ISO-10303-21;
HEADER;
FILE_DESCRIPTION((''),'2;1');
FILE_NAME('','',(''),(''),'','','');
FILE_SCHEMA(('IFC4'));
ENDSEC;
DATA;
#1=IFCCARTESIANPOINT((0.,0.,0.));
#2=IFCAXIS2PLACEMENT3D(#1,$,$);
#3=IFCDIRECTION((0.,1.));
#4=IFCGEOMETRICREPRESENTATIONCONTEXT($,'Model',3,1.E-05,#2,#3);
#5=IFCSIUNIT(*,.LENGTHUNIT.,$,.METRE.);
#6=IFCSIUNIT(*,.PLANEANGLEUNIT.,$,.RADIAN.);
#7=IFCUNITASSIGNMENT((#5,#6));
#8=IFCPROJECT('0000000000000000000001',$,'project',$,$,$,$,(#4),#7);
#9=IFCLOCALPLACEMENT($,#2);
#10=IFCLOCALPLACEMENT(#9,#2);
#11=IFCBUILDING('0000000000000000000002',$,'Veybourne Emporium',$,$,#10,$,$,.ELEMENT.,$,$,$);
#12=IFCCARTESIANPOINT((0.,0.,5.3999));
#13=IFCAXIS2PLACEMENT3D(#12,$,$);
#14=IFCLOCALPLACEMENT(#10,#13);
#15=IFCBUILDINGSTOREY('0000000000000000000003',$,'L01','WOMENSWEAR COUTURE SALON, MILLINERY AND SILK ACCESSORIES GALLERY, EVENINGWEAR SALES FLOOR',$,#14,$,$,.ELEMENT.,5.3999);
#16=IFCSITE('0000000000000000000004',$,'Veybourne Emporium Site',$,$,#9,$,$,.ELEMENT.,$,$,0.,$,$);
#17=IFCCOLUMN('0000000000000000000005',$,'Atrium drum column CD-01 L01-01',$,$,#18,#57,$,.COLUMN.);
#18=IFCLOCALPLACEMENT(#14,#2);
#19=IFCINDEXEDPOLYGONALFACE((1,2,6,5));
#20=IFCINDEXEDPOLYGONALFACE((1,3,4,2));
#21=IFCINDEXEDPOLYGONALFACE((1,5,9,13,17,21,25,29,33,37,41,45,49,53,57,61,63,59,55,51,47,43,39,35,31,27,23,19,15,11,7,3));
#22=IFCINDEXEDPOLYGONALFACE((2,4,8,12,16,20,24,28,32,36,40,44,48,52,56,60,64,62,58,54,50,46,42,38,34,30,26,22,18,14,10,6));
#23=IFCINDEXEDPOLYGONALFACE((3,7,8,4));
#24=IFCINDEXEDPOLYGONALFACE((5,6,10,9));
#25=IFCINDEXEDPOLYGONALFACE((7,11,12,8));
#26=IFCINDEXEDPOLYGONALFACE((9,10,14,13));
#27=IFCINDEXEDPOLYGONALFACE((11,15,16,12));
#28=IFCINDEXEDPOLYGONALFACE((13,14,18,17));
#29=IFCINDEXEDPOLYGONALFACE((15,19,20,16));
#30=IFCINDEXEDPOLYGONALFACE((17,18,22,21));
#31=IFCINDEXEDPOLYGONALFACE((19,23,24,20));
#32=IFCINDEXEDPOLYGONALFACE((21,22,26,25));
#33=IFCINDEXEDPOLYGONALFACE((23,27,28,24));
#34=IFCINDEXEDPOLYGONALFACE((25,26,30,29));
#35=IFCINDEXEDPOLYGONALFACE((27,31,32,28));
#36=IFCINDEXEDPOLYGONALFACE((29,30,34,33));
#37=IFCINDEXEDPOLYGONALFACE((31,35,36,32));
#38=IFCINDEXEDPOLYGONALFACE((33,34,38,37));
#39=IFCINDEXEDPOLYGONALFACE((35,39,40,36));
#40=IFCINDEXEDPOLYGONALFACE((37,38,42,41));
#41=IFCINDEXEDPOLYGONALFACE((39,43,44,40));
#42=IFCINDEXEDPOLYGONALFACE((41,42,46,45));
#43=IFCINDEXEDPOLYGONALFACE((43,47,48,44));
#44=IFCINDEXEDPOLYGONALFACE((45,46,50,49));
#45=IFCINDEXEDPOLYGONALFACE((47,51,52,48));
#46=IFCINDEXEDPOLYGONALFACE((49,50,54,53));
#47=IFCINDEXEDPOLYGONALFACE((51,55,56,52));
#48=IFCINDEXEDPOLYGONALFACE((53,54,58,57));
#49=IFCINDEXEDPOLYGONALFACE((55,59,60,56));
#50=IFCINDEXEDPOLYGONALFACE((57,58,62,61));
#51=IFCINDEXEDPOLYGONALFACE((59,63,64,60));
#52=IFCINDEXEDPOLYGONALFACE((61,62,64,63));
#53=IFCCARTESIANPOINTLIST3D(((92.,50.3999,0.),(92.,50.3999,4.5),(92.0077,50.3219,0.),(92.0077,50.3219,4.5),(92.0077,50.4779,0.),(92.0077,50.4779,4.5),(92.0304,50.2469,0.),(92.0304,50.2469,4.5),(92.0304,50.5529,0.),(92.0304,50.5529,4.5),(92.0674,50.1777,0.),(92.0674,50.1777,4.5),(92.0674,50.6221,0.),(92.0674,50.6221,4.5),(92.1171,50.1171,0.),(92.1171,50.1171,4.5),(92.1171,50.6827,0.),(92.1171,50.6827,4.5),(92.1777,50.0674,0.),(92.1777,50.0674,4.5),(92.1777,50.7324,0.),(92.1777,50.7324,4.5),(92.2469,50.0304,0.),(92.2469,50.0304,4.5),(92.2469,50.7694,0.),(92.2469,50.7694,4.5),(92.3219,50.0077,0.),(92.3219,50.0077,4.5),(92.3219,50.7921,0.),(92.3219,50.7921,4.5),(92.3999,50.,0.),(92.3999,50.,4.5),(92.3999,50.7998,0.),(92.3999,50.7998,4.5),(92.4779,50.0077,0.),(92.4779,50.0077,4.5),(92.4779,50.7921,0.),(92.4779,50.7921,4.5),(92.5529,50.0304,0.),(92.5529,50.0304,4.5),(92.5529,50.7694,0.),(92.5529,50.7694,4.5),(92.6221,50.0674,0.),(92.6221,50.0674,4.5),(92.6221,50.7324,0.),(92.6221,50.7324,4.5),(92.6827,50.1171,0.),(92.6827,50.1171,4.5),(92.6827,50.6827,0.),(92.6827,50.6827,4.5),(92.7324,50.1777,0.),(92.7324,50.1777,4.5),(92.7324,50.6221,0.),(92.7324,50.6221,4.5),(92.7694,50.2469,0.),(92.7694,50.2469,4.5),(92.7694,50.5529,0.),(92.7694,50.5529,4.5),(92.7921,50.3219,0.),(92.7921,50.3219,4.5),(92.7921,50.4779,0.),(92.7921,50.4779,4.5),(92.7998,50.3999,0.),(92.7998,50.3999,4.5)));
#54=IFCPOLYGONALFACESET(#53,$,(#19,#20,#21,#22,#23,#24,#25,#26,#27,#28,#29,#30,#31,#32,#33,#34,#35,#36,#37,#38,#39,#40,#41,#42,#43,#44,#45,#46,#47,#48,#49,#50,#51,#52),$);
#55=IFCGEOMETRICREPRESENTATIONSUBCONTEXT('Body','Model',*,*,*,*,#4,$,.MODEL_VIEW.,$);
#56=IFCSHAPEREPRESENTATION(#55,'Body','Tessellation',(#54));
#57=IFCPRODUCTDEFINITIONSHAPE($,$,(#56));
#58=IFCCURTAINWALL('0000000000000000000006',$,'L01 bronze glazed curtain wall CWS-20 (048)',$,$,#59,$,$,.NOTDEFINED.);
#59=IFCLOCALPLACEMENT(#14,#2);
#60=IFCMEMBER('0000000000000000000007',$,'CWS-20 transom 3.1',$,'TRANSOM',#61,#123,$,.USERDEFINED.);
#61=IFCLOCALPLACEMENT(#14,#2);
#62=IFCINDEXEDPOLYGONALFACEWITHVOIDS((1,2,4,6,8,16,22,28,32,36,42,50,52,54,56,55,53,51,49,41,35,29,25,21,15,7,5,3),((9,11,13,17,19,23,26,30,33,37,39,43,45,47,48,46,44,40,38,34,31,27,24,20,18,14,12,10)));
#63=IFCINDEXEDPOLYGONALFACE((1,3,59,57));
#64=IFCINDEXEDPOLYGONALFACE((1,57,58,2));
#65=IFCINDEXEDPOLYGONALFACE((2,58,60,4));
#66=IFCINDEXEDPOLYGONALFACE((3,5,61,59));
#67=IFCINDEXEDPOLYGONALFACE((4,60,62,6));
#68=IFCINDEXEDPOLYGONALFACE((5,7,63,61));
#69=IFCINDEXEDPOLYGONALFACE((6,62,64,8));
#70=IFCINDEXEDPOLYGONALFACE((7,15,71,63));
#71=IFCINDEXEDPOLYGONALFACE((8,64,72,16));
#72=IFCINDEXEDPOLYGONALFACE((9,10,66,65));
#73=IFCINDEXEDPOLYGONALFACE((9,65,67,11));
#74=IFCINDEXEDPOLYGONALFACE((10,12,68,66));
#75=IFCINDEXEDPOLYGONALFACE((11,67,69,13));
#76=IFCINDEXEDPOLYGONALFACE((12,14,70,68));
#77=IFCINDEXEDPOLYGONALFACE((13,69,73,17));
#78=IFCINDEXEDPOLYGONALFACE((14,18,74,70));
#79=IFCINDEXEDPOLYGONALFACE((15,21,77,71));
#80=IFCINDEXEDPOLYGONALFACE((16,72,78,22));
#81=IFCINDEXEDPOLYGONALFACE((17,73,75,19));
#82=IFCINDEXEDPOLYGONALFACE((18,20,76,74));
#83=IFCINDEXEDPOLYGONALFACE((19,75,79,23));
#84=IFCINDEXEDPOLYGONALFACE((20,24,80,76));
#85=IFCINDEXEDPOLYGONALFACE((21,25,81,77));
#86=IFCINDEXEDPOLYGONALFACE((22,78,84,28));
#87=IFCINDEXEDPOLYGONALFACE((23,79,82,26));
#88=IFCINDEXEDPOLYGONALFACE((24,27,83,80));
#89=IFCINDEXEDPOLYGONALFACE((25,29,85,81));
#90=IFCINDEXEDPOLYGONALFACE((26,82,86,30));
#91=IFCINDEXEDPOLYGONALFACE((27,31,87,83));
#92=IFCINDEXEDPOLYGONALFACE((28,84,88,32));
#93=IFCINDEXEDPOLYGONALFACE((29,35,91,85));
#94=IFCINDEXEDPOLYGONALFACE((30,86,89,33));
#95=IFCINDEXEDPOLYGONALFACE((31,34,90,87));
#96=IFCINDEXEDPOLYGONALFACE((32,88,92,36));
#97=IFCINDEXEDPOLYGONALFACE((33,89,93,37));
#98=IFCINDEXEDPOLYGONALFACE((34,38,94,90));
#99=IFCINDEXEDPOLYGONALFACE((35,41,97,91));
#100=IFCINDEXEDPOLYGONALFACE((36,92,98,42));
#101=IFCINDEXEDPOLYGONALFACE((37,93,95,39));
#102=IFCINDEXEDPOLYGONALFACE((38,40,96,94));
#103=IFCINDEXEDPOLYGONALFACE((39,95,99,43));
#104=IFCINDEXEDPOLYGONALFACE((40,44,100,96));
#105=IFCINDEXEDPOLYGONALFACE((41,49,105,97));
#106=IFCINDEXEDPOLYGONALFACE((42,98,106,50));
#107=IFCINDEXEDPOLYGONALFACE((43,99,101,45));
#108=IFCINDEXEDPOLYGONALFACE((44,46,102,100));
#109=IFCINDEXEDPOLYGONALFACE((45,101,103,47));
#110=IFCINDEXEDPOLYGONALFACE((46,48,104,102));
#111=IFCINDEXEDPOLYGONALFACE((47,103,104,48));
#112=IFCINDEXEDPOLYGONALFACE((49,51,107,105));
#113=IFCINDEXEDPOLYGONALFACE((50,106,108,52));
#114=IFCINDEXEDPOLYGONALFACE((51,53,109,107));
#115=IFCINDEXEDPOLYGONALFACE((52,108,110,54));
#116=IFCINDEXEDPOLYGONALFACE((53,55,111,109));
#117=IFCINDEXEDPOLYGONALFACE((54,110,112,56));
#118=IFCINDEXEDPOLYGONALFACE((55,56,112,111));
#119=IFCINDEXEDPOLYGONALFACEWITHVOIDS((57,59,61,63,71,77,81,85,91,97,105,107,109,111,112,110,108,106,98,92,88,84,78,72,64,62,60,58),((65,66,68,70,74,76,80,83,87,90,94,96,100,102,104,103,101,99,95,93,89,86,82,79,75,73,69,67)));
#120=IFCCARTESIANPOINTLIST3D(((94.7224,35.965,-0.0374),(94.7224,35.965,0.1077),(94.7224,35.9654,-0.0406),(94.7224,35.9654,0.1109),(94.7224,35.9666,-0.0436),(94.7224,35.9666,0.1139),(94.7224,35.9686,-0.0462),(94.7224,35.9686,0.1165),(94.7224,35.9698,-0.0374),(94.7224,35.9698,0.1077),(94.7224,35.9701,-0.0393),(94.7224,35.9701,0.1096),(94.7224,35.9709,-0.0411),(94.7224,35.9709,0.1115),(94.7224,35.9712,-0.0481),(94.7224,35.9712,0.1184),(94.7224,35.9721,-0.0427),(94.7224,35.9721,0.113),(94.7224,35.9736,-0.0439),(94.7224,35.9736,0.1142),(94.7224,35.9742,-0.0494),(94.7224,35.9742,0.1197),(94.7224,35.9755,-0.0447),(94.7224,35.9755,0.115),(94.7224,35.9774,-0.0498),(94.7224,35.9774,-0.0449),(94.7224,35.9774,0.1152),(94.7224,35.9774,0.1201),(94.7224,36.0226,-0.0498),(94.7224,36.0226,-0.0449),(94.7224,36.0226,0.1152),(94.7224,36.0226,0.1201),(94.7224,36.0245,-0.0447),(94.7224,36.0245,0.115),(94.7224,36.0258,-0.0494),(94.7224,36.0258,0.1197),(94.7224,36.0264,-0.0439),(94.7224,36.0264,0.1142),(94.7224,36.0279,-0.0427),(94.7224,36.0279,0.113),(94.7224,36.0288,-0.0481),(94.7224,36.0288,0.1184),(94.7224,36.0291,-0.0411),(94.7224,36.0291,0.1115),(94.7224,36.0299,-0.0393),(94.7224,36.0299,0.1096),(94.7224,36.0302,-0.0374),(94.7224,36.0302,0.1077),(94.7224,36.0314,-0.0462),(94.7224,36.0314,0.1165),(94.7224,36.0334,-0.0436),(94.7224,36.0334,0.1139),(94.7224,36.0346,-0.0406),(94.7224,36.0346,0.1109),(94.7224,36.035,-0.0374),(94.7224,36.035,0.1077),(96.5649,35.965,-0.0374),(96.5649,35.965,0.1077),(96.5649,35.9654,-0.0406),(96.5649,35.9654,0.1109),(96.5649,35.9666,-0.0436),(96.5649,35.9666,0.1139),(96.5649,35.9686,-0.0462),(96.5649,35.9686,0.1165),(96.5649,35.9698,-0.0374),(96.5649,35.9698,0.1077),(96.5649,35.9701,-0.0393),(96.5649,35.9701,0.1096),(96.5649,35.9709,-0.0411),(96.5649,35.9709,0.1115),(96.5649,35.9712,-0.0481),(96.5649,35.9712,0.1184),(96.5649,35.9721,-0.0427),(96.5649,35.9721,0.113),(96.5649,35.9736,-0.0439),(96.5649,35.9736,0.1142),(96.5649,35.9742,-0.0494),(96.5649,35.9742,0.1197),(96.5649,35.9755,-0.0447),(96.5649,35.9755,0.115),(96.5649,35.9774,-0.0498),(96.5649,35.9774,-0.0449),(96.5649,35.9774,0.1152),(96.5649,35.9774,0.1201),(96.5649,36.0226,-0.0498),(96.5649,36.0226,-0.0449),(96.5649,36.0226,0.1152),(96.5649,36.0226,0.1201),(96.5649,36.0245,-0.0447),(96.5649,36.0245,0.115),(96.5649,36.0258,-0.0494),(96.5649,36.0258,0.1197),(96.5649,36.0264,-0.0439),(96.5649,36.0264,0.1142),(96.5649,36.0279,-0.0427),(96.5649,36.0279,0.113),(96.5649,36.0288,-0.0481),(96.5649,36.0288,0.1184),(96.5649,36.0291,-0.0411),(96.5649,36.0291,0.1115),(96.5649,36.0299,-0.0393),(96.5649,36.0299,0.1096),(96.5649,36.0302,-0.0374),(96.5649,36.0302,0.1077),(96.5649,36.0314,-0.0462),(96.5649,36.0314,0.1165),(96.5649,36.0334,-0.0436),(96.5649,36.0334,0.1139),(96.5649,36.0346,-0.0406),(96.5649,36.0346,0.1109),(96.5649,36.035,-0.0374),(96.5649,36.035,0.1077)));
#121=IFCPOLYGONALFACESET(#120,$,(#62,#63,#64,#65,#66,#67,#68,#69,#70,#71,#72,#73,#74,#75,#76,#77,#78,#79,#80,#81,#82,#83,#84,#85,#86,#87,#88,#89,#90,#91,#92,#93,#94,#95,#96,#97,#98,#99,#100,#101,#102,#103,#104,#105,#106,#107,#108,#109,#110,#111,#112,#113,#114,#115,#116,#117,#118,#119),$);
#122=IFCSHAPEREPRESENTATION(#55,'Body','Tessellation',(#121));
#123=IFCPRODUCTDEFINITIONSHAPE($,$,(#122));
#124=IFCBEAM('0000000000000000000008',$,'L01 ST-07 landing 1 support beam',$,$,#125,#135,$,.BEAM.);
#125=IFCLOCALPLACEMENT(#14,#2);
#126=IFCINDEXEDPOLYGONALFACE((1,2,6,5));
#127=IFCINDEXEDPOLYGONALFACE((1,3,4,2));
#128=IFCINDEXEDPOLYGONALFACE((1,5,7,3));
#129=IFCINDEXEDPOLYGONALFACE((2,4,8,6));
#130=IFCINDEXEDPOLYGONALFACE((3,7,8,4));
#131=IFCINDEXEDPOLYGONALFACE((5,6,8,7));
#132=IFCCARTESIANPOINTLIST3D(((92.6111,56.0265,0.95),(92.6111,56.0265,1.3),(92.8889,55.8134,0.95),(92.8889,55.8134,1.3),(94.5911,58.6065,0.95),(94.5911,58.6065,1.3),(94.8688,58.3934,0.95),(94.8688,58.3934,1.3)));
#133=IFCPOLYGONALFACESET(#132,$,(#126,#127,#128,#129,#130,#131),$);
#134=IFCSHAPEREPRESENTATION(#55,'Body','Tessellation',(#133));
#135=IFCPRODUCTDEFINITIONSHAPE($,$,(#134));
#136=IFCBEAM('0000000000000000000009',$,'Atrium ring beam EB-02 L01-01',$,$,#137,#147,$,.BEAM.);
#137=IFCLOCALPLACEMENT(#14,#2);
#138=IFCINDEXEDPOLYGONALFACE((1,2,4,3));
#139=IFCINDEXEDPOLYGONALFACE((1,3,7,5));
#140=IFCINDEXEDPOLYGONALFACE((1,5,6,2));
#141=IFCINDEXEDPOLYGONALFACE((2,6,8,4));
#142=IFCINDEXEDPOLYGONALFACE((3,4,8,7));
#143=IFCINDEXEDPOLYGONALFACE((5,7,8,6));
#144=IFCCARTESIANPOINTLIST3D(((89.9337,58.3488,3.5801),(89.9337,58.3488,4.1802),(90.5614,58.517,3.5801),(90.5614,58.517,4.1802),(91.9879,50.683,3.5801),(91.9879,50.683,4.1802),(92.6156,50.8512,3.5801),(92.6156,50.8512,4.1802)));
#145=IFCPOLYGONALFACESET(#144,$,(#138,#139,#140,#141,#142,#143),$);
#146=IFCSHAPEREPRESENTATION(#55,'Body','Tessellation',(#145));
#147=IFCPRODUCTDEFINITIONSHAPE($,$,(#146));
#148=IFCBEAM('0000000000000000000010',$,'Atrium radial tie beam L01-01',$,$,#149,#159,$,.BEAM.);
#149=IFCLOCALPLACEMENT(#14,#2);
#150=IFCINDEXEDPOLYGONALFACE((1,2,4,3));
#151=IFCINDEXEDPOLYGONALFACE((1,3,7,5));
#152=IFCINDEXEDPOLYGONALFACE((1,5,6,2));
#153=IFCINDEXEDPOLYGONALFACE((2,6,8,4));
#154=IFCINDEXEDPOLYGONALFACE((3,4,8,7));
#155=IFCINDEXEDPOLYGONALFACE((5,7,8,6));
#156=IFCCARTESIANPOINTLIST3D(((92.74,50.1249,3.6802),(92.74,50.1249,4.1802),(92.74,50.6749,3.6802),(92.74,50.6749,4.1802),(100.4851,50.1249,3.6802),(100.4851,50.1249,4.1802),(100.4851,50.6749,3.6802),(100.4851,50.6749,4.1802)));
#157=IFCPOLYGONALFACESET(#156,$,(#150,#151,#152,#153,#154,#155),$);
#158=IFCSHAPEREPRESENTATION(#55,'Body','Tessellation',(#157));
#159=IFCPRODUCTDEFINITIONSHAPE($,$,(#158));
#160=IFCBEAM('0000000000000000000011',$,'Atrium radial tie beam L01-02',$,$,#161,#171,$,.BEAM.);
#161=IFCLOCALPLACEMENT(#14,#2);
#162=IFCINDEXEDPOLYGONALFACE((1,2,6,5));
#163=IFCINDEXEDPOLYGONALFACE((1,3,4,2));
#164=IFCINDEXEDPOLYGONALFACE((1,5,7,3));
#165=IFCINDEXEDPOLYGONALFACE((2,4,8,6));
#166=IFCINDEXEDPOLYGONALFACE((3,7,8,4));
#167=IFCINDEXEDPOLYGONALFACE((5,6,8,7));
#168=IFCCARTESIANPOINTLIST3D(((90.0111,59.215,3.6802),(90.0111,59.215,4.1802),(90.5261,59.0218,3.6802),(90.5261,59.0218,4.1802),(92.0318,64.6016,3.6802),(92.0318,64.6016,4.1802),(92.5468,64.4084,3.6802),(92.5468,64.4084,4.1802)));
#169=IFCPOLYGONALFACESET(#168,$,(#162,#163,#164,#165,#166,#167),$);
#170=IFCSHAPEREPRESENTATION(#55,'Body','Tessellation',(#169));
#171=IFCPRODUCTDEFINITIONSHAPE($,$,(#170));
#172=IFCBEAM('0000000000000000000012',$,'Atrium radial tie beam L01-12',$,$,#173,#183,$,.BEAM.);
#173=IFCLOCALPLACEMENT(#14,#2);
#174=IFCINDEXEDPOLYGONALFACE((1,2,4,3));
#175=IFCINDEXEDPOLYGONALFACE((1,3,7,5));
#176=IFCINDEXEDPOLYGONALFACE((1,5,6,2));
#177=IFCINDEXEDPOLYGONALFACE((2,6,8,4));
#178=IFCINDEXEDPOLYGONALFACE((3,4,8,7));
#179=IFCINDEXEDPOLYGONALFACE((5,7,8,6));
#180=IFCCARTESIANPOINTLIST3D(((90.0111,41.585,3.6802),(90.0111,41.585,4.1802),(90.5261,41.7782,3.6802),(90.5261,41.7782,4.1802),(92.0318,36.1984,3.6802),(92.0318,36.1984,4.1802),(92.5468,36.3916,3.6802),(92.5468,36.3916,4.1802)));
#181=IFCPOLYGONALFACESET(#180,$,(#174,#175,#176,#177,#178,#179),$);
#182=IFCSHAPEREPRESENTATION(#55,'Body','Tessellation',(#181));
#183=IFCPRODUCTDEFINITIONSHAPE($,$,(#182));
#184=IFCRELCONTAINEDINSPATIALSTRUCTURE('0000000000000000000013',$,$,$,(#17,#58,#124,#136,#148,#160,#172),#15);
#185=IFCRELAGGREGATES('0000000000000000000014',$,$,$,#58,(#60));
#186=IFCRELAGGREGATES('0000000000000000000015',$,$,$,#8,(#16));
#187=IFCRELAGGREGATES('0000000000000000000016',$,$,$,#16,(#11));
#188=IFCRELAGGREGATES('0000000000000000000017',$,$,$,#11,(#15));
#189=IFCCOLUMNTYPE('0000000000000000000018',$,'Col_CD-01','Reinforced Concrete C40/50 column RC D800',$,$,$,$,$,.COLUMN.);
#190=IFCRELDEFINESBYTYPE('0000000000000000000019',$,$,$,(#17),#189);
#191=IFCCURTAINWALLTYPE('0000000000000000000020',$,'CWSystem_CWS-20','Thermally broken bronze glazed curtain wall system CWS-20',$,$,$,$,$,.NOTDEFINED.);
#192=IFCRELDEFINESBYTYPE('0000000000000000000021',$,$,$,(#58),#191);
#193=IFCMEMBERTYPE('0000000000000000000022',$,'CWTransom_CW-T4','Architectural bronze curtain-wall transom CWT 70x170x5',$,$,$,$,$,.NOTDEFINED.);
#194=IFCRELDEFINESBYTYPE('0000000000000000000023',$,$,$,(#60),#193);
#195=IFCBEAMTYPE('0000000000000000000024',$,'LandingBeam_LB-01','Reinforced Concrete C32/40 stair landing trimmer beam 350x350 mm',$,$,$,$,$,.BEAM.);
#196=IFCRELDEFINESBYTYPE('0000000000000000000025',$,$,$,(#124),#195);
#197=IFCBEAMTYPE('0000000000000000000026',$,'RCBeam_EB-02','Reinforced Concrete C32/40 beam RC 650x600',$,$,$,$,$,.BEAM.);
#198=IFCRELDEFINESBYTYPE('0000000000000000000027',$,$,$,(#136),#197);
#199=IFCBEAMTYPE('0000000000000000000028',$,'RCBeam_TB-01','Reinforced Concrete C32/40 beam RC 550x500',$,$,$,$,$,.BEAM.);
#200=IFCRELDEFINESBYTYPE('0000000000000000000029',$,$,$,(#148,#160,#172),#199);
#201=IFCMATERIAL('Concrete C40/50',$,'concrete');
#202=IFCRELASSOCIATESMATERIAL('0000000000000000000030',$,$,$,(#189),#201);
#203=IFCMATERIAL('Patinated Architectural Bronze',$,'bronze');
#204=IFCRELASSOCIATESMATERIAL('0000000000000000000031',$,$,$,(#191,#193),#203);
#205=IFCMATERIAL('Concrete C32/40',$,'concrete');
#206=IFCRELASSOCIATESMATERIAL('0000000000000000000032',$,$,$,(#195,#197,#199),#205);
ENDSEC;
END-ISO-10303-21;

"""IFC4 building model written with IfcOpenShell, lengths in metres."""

from ifc_helpers import new_model, si_unit, direction, frame, origin, origin_2d, place, context, subcontext, project, spatial, rectangle, hollow_rectangle, circle, extrude, material, material_profile, profile_set, type_object, element, aggregate, save


model = new_model("IFC4")

# Units and contexts
model_context = context("Model", 3, precision=1e-05, world=origin(), true_north=direction((0.0, 1.0)))
body_context = subcontext(model_context, "Body", "Model", "MODEL_VIEW")
ifc_project = project(units=[si_unit("LENGTHUNIT", "METRE"), si_unit("PLANEANGLEUNIT", "RADIAN")], contexts=[model_context])

# Site, building, storey
site_placement = place(None, origin())
site = spatial("IfcSite", under=ifc_project, at=site_placement, Name="Veybourne Emporium Site", CompositionType="ELEMENT", RefElevation=0.0)
building_placement = place(site_placement, origin())
building = spatial("IfcBuilding", under=site, at=building_placement, Name="Veybourne Emporium", CompositionType="ELEMENT")
storey_placement = place(building_placement, frame((0.0, 0.0, 5.3999)))
storey = spatial("IfcBuildingStorey", under=building, at=storey_placement, Name="L01", Description="WOMENSWEAR COUTURE SALON, MILLINERY AND SILK ACCESSORIES GALLERY, EVENINGWEAR SALES FLOOR", CompositionType="ELEMENT", Elevation=5.3999)

# Column
ifc_material_1 = material(Name="Concrete C40/50", Category="concrete")
ifc_material_profile_1 = material_profile(ifc_material_1, circle(Radius=0.3999, at=origin_2d()), Name="RC D800")
ifc_profile_set_1 = profile_set([ifc_material_profile_1], Name="Concrete C40/50")
column_type = type_object("IfcColumnType", Name="Col_CD-01", Description="Reinforced Concrete C40/50 column RC D800", PredefinedType="COLUMN", material=ifc_profile_set_1)
column_placement = place(storey_placement, frame((92.3999, 50.3999, 0.0), z_axis=(0.0, 0.0, 1.0), x_axis=(1.0, 0.0, 0.0)))
element("IfcColumn", 1, at=column_placement, inside=storey, type_object=column_type, Name="Atrium drum column CD-01 L01-01", PredefinedType="COLUMN", context=body_context, shape_type="SweptSolid", body=[
    extrude(circle(Radius=0.3999, at=origin_2d()), origin(), (0.0, 0.0, 1.0), 4.5),
])

# Curtain wall, member
ifc_material_2 = material(Name="Patinated Architectural Bronze", Category="bronze")
curtain_wall_type = type_object("IfcCurtainWallType", Name="CWSystem_CWS-20", Description="Thermally broken bronze glazed curtain wall system CWS-20", PredefinedType="NOTDEFINED", material=ifc_material_2)
curtain_wall_placement = place(storey_placement, origin())
curtain_wall = element("IfcCurtainWall", 2, at=curtain_wall_placement, inside=storey, type_object=curtain_wall_type, Name="L01 bronze glazed curtain wall CWS-20 (048)", PredefinedType="NOTDEFINED")
ifc_material_profile_2 = material_profile(ifc_material_2, hollow_rectangle(XDim=0.0701, YDim=0.1699, WallThickness=0.0049, InnerFilletRadius=0.0076, OuterFilletRadius=0.0125, at=origin_2d()), Name="CWT 70x170x5")
ifc_profile_set_2 = profile_set([ifc_material_profile_2], Name="Patinated Architectural Bronze")
member_type = type_object("IfcMemberType", Name="CWTransom_CW-T4", Description="Architectural bronze curtain-wall transom CWT 70x170x5", PredefinedType="NOTDEFINED", material=ifc_profile_set_2)
member_placement = place(storey_placement, frame((96.5649, 36.0, 0.0352), z_axis=(-1.0, 0.0, 0.0), x_axis=(0.0, -1.0, 0.0)))
member = element("IfcMember", 3, at=member_placement, type_object=member_type, Name="CWS-20 transom 3.1", ObjectType="TRANSOM", PredefinedType="USERDEFINED", context=body_context, shape_type="SweptSolid", body=[
    extrude(hollow_rectangle(XDim=0.0701, YDim=0.1699, WallThickness=0.0049, InnerFilletRadius=0.0076, OuterFilletRadius=0.0125, at=origin_2d()), origin(), (0.0, 0.0, 1.0), 1.8425),
])
aggregate(curtain_wall, [member])

# Beams
ifc_material_3 = material(Name="Concrete C32/40", Category="concrete")
ifc_material_profile_3 = material_profile(ifc_material_3, rectangle(XDim=0.3501, YDim=0.3501, at=origin_2d()), Name="RC 350x350")
ifc_profile_set_3 = profile_set([ifc_material_profile_3], Name="Concrete C32/40")
beam_type_1 = type_object("IfcBeamType", Name="LandingBeam_LB-01", Description="Reinforced Concrete C32/40 stair landing trimmer beam 350x350 mm", PredefinedType="BEAM", material=ifc_profile_set_3)
beam_1_placement = place(storey_placement, frame((92.75, 55.9199, 1.125), z_axis=(0.608803, 0.793321, 0.0), x_axis=(-0.793321, 0.608803, 0.0)))
element("IfcBeam", 4, at=beam_1_placement, inside=storey, type_object=beam_type_1, Name="L01 ST-07 landing 1 support beam", PredefinedType="BEAM", context=body_context, shape_type="SweptSolid", body=[
    extrude(rectangle(XDim=0.3501, YDim=0.3501, at=origin_2d()), origin(), (0.0, 0.0, 1.0), 3.2522),
])
ifc_material_profile_4 = material_profile(ifc_material_3, rectangle(XDim=0.6499, YDim=0.6001, at=origin_2d()), Name="RC 650x600")
ifc_profile_set_4 = profile_set([ifc_material_profile_4], Name="Concrete C32/40")
beam_type_2 = type_object("IfcBeamType", Name="RCBeam_EB-02", Description="Reinforced Concrete C32/40 beam RC 650x600", PredefinedType="BEAM", material=ifc_profile_set_4)
beam_2_placement = place(storey_placement, frame((92.3018, 50.7671, 3.8801), z_axis=(-0.258838, 0.965921, 0.0), x_axis=(-0.965921, -0.258838, 0.0)))
element("IfcBeam", 5, at=beam_2_placement, inside=storey, type_object=beam_type_2, Name="Atrium ring beam EB-02 L01-01", PredefinedType="BEAM", context=body_context, shape_type="SweptSolid", body=[
    extrude(rectangle(XDim=0.6499, YDim=0.6001, at=origin_2d()), origin(), (0.0, 0.0, 1.0), 7.9363),
])
ifc_material_profile_5 = material_profile(ifc_material_3, rectangle(XDim=0.55, YDim=0.5, at=origin_2d()), Name="RC 550x500")
ifc_profile_set_5 = profile_set([ifc_material_profile_5], Name="Concrete C32/40")
beam_type_3 = type_object("IfcBeamType", Name="RCBeam_TB-01", Description="Reinforced Concrete C32/40 beam RC 550x500", PredefinedType="BEAM", material=ifc_profile_set_5)
beam_3_placement = place(storey_placement, frame((92.74, 50.3999, 3.9302), z_axis=(1.0, 0.0, 0.0), x_axis=(0.0, 1.0, 0.0)))
element("IfcBeam", 6, at=beam_3_placement, inside=storey, type_object=beam_type_3, Name="Atrium radial tie beam L01-01", PredefinedType="BEAM", context=body_context, shape_type="SweptSolid", body=[
    extrude(rectangle(XDim=0.55, YDim=0.5, at=origin_2d()), origin(), (0.0, 0.0, 1.0), 7.7451),
])
for number, where, z_axis, x_axis, name in (
    (7, (90.2686, 59.1184, 3.9302), (0.351235, 0.936287, 0.0), (-0.936287, 0.351235, 0.0), "Atrium radial tie beam L01-02"),
    (8, (90.2686, 41.6816, 3.9302), (0.351235, -0.936287, 0.0), (0.936287, 0.351235, 0.0), "Atrium radial tie beam L01-12"),
):
    element("IfcBeam", number, at=place(storey_placement, frame(where, z_axis=z_axis, x_axis=x_axis)), inside=storey, type_object=beam_type_3, Name=name, PredefinedType="BEAM", context=body_context, shape_type="SweptSolid", body=[
        extrude(rectangle(XDim=0.55, YDim=0.5, at=origin_2d()), origin(), (0.0, 0.0, 1.0), 5.7532),
    ])

save(model, "model.ifc")
